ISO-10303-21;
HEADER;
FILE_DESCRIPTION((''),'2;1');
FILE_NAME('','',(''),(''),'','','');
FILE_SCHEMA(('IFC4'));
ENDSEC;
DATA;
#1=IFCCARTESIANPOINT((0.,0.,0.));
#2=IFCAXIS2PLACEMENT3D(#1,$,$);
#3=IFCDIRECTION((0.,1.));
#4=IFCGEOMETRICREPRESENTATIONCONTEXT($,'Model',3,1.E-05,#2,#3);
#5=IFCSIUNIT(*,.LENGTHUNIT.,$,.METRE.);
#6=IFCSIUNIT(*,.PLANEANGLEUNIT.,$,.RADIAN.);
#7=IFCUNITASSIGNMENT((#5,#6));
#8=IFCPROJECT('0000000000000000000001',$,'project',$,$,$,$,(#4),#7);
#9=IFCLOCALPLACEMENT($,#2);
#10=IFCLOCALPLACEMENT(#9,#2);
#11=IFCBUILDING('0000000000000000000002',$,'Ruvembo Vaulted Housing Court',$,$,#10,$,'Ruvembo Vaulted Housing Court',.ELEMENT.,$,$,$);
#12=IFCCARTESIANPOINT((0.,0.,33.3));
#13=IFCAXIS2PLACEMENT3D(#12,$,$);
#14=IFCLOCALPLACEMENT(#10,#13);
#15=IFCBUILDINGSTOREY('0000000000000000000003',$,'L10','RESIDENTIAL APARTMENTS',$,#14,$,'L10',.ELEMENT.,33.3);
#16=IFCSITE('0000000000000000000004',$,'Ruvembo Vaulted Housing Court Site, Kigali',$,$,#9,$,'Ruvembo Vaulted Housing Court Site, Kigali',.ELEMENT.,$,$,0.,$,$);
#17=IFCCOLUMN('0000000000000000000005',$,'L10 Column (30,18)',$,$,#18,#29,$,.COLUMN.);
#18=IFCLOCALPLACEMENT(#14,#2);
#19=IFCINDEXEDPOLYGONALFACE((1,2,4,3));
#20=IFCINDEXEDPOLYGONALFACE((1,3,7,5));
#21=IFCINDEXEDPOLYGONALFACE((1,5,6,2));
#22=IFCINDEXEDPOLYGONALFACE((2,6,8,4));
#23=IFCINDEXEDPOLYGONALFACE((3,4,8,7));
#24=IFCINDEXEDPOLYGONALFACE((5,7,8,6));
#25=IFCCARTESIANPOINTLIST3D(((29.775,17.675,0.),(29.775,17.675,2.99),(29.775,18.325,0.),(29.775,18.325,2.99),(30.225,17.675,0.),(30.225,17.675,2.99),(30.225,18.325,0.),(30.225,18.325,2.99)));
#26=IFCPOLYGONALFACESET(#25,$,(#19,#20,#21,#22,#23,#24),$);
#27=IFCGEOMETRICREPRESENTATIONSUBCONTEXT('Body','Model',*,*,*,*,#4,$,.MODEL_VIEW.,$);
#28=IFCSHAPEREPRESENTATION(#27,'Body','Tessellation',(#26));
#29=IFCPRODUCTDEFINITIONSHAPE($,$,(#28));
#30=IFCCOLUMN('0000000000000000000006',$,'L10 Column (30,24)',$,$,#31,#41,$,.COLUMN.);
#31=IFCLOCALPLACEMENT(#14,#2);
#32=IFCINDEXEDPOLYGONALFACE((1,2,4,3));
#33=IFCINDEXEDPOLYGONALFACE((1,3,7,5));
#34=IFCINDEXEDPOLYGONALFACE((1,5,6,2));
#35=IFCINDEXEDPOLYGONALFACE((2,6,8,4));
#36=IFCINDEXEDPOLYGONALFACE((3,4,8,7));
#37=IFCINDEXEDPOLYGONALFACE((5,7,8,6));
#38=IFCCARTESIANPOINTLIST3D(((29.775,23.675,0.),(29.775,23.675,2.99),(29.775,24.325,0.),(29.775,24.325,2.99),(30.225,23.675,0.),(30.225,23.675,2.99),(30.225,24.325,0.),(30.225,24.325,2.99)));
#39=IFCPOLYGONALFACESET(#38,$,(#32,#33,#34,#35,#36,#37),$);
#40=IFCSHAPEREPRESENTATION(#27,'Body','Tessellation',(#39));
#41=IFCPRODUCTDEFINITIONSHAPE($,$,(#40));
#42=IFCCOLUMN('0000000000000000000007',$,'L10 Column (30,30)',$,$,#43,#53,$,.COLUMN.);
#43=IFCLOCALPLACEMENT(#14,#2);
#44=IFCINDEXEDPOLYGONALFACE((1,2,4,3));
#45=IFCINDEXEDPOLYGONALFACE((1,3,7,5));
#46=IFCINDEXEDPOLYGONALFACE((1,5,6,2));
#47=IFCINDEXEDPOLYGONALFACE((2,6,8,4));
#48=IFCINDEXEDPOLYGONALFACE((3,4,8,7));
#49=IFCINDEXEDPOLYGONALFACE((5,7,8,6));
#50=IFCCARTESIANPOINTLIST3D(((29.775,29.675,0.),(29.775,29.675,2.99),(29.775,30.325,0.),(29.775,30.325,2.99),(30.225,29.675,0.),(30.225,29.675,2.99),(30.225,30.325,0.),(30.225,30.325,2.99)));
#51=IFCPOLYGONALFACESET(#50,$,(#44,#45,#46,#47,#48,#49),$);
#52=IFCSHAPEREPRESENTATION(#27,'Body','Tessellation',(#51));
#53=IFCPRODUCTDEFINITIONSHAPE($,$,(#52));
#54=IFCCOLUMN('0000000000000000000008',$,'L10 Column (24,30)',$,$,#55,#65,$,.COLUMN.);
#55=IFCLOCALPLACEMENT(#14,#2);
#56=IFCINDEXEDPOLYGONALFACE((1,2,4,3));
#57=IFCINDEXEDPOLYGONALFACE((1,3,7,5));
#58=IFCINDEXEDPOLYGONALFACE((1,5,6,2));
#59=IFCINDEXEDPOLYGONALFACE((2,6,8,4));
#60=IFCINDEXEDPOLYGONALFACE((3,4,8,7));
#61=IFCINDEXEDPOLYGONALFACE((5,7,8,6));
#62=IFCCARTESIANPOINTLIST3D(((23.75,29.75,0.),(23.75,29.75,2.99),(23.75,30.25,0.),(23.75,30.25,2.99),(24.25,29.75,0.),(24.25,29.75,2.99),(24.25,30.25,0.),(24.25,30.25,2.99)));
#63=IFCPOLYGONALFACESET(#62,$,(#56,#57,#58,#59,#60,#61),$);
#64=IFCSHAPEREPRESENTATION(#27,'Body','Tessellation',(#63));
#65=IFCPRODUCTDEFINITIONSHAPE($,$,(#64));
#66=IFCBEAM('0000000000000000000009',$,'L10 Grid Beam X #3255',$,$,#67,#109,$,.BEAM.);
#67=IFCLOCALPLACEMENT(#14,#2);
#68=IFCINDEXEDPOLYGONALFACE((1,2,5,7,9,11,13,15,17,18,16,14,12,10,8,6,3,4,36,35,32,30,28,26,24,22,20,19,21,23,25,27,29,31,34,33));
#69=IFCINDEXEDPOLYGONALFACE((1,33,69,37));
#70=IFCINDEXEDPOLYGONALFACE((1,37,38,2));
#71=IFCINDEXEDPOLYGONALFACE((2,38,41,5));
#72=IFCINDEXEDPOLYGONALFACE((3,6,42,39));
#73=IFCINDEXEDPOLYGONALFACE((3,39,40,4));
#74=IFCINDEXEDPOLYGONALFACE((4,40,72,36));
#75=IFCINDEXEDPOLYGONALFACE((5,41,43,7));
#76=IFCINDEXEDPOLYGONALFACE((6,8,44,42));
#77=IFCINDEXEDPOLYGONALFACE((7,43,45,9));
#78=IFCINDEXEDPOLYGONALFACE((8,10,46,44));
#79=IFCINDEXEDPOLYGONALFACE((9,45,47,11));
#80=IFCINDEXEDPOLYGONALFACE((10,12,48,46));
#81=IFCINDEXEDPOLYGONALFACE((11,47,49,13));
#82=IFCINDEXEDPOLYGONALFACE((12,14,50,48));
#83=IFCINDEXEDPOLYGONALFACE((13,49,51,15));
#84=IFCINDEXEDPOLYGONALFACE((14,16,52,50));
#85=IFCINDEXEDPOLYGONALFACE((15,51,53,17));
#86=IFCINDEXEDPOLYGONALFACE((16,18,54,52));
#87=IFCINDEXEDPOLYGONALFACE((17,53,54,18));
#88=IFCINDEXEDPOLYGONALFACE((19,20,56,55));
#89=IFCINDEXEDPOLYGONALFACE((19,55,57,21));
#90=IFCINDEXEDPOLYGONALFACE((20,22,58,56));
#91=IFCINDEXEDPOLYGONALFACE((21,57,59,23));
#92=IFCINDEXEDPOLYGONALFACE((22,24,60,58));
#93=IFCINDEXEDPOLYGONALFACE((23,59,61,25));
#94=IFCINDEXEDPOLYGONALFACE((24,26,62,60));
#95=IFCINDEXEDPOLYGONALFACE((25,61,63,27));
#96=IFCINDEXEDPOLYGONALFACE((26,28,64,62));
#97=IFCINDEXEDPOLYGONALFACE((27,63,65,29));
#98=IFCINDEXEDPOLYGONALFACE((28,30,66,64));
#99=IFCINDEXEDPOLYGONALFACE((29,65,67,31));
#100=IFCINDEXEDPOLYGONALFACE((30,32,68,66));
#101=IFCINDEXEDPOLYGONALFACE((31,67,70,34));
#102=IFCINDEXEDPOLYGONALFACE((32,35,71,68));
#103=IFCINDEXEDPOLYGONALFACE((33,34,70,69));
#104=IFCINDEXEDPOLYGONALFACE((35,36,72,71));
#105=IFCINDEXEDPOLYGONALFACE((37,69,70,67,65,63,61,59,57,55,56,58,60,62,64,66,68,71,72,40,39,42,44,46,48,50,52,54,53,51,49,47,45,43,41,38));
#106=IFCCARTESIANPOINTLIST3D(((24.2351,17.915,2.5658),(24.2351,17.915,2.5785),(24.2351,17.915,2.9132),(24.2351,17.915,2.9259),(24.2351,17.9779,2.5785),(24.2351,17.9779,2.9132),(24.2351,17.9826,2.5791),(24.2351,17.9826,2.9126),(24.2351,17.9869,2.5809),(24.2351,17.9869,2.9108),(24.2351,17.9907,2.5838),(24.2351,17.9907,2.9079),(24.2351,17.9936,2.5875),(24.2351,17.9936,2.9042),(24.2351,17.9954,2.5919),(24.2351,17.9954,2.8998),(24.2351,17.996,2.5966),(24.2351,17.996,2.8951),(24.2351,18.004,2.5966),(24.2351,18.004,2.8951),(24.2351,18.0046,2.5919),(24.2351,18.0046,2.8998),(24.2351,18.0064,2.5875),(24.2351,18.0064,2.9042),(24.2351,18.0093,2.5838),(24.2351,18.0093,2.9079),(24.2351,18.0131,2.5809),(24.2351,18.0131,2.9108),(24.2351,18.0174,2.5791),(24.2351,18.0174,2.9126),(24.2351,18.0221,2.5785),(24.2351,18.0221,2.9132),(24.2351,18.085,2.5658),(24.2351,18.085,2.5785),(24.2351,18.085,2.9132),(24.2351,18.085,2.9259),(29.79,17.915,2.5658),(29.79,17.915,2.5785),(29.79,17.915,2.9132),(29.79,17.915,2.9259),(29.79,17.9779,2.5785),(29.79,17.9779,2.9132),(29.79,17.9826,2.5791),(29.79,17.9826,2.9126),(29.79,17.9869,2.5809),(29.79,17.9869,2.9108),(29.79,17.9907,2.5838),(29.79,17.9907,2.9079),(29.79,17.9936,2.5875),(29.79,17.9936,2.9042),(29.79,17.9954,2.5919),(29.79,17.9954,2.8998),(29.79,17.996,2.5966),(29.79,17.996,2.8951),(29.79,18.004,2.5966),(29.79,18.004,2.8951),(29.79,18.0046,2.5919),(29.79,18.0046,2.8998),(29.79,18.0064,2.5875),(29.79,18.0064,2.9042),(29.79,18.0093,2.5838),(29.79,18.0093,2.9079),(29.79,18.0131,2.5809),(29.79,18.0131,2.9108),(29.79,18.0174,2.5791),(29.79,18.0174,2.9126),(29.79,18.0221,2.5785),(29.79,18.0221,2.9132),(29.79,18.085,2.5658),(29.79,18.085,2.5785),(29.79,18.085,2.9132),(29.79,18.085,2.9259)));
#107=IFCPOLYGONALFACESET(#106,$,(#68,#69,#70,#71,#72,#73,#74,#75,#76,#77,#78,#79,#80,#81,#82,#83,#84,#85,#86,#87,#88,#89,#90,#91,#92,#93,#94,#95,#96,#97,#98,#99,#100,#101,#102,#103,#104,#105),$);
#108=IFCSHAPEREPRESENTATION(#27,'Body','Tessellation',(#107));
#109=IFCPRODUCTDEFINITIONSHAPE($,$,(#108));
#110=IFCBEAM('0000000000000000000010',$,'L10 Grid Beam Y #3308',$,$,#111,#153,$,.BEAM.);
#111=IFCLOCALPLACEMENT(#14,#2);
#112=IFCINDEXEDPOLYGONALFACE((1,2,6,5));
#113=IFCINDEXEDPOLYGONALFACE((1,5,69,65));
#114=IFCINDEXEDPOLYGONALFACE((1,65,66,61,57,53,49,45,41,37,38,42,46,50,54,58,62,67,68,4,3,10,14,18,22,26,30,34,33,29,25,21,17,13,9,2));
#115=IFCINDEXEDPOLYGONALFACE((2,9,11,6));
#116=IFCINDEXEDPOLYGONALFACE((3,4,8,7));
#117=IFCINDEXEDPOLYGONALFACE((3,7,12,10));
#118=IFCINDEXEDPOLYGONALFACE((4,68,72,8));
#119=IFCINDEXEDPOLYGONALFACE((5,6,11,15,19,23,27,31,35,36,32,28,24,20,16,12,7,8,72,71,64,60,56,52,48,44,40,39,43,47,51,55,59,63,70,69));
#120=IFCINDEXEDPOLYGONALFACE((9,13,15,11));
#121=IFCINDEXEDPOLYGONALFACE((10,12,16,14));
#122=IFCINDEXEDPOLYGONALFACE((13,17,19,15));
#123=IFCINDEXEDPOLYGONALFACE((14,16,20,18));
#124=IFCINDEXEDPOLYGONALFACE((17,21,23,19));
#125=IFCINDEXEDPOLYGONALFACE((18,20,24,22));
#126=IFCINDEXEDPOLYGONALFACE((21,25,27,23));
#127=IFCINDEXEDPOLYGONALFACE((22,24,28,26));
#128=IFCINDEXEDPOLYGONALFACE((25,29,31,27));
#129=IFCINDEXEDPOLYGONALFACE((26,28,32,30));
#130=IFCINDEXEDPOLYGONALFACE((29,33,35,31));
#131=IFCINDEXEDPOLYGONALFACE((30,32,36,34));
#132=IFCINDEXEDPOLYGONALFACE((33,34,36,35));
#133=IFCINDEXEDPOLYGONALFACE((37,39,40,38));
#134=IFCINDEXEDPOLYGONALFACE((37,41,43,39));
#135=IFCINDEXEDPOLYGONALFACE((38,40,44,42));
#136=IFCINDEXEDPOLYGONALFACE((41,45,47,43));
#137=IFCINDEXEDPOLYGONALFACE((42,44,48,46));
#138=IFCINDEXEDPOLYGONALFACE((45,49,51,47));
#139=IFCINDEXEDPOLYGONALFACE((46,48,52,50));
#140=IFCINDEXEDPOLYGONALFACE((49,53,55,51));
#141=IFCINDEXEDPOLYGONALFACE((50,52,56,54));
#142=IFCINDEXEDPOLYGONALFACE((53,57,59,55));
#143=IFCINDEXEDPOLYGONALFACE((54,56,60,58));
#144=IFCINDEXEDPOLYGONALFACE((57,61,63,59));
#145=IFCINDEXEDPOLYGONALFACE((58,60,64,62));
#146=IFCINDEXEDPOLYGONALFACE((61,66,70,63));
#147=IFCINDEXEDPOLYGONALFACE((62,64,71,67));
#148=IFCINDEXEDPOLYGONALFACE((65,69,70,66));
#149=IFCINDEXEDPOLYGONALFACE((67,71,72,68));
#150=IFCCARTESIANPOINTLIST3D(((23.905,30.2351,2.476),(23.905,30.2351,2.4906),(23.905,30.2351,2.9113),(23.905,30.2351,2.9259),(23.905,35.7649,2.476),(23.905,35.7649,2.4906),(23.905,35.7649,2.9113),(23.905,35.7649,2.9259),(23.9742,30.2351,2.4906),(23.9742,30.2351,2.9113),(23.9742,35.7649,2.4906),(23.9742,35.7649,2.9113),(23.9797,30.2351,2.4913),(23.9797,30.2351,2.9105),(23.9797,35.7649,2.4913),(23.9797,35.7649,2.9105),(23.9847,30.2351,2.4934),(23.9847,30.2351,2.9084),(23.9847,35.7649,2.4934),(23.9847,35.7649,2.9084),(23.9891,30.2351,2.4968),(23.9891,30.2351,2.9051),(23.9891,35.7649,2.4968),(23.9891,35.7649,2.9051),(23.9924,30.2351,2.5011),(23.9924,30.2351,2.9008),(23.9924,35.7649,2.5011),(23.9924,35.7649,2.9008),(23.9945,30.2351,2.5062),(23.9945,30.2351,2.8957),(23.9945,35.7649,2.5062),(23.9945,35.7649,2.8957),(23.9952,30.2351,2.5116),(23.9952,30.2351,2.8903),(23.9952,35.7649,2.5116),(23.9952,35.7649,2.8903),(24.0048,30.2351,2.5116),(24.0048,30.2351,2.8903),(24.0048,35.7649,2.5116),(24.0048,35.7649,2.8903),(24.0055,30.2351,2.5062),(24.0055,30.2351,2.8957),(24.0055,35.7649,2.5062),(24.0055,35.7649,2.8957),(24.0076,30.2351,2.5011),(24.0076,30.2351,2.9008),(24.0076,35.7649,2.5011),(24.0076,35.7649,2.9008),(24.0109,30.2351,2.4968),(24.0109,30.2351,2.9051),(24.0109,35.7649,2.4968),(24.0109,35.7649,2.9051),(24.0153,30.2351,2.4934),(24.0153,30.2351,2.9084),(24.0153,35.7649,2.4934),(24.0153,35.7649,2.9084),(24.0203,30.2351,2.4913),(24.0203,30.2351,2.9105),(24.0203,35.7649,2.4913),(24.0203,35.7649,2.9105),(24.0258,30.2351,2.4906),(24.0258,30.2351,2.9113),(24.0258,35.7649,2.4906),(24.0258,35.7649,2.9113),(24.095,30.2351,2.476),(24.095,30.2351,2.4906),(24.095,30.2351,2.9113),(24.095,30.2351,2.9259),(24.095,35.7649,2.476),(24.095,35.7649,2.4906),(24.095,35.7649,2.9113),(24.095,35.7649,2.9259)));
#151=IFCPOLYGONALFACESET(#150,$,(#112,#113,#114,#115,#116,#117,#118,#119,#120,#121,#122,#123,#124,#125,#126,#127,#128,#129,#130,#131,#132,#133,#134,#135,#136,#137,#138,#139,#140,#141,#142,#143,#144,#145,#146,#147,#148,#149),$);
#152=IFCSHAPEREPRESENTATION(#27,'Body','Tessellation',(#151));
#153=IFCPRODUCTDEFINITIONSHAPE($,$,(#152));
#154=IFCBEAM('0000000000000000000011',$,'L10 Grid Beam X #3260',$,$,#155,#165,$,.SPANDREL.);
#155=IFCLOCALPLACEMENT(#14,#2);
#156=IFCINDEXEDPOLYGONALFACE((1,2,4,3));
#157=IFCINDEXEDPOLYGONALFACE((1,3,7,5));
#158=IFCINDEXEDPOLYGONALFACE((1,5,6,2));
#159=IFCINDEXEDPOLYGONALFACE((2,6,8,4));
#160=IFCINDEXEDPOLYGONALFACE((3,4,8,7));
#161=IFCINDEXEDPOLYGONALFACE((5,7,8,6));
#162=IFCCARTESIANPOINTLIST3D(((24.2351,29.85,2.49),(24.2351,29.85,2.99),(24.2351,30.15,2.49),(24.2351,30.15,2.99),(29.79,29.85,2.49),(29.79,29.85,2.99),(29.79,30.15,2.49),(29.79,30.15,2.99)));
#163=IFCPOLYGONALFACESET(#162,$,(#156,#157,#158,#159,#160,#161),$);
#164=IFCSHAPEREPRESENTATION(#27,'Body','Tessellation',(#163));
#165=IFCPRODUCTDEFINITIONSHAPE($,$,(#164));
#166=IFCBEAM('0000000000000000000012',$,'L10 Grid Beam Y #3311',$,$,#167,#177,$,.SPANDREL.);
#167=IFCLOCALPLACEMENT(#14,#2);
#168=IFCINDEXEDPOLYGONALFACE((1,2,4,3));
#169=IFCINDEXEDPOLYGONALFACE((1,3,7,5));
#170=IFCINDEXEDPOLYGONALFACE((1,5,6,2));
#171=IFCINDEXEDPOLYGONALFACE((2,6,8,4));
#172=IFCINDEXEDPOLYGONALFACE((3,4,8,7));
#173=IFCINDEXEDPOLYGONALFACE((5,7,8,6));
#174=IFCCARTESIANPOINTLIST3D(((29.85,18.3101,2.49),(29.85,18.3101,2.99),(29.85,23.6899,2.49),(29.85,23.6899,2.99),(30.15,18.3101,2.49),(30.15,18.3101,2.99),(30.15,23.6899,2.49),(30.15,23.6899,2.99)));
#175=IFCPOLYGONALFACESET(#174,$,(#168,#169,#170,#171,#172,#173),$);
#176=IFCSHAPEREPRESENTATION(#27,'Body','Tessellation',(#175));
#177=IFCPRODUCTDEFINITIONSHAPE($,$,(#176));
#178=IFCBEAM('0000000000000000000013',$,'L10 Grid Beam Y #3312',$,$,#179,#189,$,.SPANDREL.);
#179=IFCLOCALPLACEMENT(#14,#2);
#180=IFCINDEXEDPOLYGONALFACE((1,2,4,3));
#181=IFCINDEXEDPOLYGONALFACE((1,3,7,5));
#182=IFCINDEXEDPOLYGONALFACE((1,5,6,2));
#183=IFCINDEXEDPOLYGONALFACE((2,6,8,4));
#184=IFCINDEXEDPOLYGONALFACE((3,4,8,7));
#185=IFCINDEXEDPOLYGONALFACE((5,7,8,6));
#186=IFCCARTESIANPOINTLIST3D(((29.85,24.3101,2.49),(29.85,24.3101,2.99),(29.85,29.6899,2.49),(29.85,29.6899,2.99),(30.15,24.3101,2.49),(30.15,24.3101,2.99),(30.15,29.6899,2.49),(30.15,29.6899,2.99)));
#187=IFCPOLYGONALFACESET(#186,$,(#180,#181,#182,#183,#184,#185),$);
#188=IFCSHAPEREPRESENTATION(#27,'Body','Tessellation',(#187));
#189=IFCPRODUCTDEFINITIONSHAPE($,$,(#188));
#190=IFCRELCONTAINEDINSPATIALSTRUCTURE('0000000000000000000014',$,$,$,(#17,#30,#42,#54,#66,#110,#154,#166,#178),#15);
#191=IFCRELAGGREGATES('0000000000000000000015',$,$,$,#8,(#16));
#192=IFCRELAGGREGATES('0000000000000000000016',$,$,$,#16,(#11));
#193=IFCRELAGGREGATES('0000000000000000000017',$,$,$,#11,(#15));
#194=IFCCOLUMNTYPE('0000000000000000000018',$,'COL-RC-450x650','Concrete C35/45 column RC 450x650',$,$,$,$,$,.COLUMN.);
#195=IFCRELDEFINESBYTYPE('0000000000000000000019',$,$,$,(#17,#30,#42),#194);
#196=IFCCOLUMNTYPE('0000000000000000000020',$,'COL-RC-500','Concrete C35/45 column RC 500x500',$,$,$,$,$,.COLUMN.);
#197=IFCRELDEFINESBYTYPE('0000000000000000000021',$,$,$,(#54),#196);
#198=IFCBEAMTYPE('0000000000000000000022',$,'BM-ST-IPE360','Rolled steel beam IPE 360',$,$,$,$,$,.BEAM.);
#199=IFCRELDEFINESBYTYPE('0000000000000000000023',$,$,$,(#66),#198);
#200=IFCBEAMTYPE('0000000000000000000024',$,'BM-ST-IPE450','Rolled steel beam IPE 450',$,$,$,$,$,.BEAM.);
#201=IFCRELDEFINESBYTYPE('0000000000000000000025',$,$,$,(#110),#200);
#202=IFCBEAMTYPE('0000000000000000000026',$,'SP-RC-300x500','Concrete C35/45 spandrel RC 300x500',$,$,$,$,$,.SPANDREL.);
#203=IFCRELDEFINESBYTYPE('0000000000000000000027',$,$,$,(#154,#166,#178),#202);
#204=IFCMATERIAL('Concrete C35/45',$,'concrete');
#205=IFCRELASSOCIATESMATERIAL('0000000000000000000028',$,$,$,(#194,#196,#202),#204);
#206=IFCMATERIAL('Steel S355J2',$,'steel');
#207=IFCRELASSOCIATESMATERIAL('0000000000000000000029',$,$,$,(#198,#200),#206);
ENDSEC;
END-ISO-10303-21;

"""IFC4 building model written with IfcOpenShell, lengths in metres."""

from ifc_helpers import new_model, si_unit, direction, frame, origin, origin_2d, place, context, subcontext, project, spatial, rectangle, i_section, extrude, material, material_profile, profile_set, type_object, element, save


model = new_model("IFC4")

# Units and contexts
model_context = context("Model", 3, precision=1e-05, world=origin(), true_north=direction((0.0, 1.0)))
body_context = subcontext(model_context, "Body", "Model", "MODEL_VIEW")
ifc_project = project(units=[si_unit("LENGTHUNIT", "METRE"), si_unit("PLANEANGLEUNIT", "RADIAN")], contexts=[model_context])

# Site, building, storey
site_placement = place(None, origin())
site = spatial("IfcSite", under=ifc_project, at=site_placement, Name="Ruvembo Vaulted Housing Court Site, Kigali", LongName="Ruvembo Vaulted Housing Court Site, Kigali", CompositionType="ELEMENT", RefElevation=0.0)
building_placement = place(site_placement, origin())
building = spatial("IfcBuilding", under=site, at=building_placement, Name="Ruvembo Vaulted Housing Court", LongName="Ruvembo Vaulted Housing Court", CompositionType="ELEMENT")
storey_placement = place(building_placement, frame((0.0, 0.0, 33.3)))
storey = spatial("IfcBuildingStorey", under=building, at=storey_placement, Name="L10", Description="RESIDENTIAL APARTMENTS", LongName="L10", CompositionType="ELEMENT", Elevation=33.3)

# Columns
ifc_material_1 = material(Name="Concrete C35/45", Category="concrete")
ifc_material_profile_1 = material_profile(ifc_material_1, rectangle(XDim=0.45, YDim=0.6499, at=origin_2d()), Name="RC 450x650")
ifc_profile_set_1 = profile_set([ifc_material_profile_1], Name="Concrete C35/45")
column_type_1 = type_object("IfcColumnType", Name="COL-RC-450x650", Description="Concrete C35/45 column RC 450x650", PredefinedType="COLUMN", material=ifc_profile_set_1)
for number, where, z_axis, x_axis, name in (
    (1, (30.0, 18.0, 0.0), (0.0, 0.0, 1.0), (1.0, 0.0, 0.0), "L10 Column (30,18)"),
    (2, (30.0, 24.0, 0.0), (0.0, 0.0, 1.0), (1.0, 0.0, 0.0), "L10 Column (30,24)"),
    (3, (30.0, 30.0, 0.0), (0.0, 0.0, 1.0), (1.0, 0.0, 0.0), "L10 Column (30,30)"),
):
    element("IfcColumn", number, at=place(storey_placement, frame(where, z_axis=z_axis, x_axis=x_axis)), inside=storey, type_object=column_type_1, Name=name, PredefinedType="COLUMN", context=body_context, shape_type="SweptSolid", body=[
        extrude(rectangle(XDim=0.45, YDim=0.6499, at=origin_2d()), origin(), (0.0, 0.0, 1.0), 2.99),
    ])
ifc_material_profile_2 = material_profile(ifc_material_1, rectangle(XDim=0.5, YDim=0.5, at=origin_2d()), Name="RC 500x500")
ifc_profile_set_2 = profile_set([ifc_material_profile_2], Name="Concrete C35/45")
column_type_2 = type_object("IfcColumnType", Name="COL-RC-500", Description="Concrete C35/45 column RC 500x500", PredefinedType="COLUMN", material=ifc_profile_set_2)
column_placement = place(storey_placement, frame((24.0, 30.0, 0.0), z_axis=(0.0, 0.0, 1.0), x_axis=(1.0, 0.0, 0.0)))
element("IfcColumn", 4, at=column_placement, inside=storey, type_object=column_type_2, Name="L10 Column (24,30)", PredefinedType="COLUMN", context=body_context, shape_type="SweptSolid", body=[
    extrude(rectangle(XDim=0.5, YDim=0.5, at=origin_2d()), origin(), (0.0, 0.0, 1.0), 2.99),
])

# Beams
ifc_material_2 = material(Name="Steel S355J2", Category="steel")
ifc_material_profile_3 = material_profile(ifc_material_2, i_section(OverallWidth=0.1699, OverallDepth=0.3601, WebThickness=0.0081, FlangeThickness=0.0127, FilletRadius=0.0181, at=origin_2d()), Name="IPE 360")
ifc_profile_set_3 = profile_set([ifc_material_profile_3], Name="Steel S355J2")
beam_type_1 = type_object("IfcBeamType", Name="BM-ST-IPE360", Description="Rolled steel beam IPE 360", PredefinedType="BEAM", material=ifc_profile_set_3)
beam_1_placement = place(storey_placement, frame((24.2351, 18.0, 2.7458), z_axis=(1.0, 0.0, 0.0), x_axis=(0.0, 1.0, 0.0)))
element("IfcBeam", 5, at=beam_1_placement, inside=storey, type_object=beam_type_1, Name="L10 Grid Beam X #3255", PredefinedType="BEAM", context=body_context, shape_type="SweptSolid", body=[
    extrude(i_section(OverallWidth=0.1699, OverallDepth=0.3601, WebThickness=0.0081, FlangeThickness=0.0127, FilletRadius=0.0181, at=origin_2d()), origin(), (0.0, 0.0, 1.0), 5.5549),
])
ifc_material_profile_4 = material_profile(ifc_material_2, i_section(OverallWidth=0.1899, OverallDepth=0.45, WebThickness=0.0095, FlangeThickness=0.0146, FilletRadius=0.021, at=origin_2d()), Name="IPE 450")
ifc_profile_set_4 = profile_set([ifc_material_profile_4], Name="Steel S355J2")
beam_type_2 = type_object("IfcBeamType", Name="BM-ST-IPE450", Description="Rolled steel beam IPE 450", PredefinedType="BEAM", material=ifc_profile_set_4)
beam_2_placement = place(storey_placement, frame((24.0, 30.2351, 2.7009), z_axis=(0.0, 1.0, 0.0), x_axis=(-1.0, 0.0, 0.0)))
element("IfcBeam", 6, at=beam_2_placement, inside=storey, type_object=beam_type_2, Name="L10 Grid Beam Y #3308", PredefinedType="BEAM", context=body_context, shape_type="SweptSolid", body=[
    extrude(i_section(OverallWidth=0.1899, OverallDepth=0.45, WebThickness=0.0095, FlangeThickness=0.0146, FilletRadius=0.021, at=origin_2d()), origin(), (0.0, 0.0, 1.0), 5.5298),
])
ifc_material_profile_5 = material_profile(ifc_material_1, rectangle(XDim=0.3, YDim=0.5, at=origin_2d()), Name="RC 300x500")
ifc_profile_set_5 = profile_set([ifc_material_profile_5], Name="Concrete C35/45")
beam_type_3 = type_object("IfcBeamType", Name="SP-RC-300x500", Description="Concrete C35/45 spandrel RC 300x500", PredefinedType="SPANDREL", material=ifc_profile_set_5)
beam_3_placement = place(storey_placement, frame((24.2351, 30.0, 2.74), z_axis=(1.0, 0.0, 0.0), x_axis=(0.0, 1.0, 0.0)))
element("IfcBeam", 7, at=beam_3_placement, inside=storey, type_object=beam_type_3, Name="L10 Grid Beam X #3260", PredefinedType="SPANDREL", context=body_context, shape_type="SweptSolid", body=[
    extrude(rectangle(XDim=0.3, YDim=0.5, at=origin_2d()), origin(), (0.0, 0.0, 1.0), 5.5549),
])
for number, where, z_axis, x_axis, name in (
    (8, (30.0, 18.3101, 2.74), (0.0, 1.0, 0.0), (-1.0, 0.0, 0.0), "L10 Grid Beam Y #3311"),
    (9, (30.0, 24.3101, 2.74), (0.0, 1.0, 0.0), (-1.0, 0.0, 0.0), "L10 Grid Beam Y #3312"),
):
    element("IfcBeam", number, at=place(storey_placement, frame(where, z_axis=z_axis, x_axis=x_axis)), inside=storey, type_object=beam_type_3, Name=name, PredefinedType="SPANDREL", context=body_context, shape_type="SweptSolid", body=[
        extrude(rectangle(XDim=0.3, YDim=0.5, at=origin_2d()), origin(), (0.0, 0.0, 1.0), 5.3799),
    ])

save(model, "model.ifc")
